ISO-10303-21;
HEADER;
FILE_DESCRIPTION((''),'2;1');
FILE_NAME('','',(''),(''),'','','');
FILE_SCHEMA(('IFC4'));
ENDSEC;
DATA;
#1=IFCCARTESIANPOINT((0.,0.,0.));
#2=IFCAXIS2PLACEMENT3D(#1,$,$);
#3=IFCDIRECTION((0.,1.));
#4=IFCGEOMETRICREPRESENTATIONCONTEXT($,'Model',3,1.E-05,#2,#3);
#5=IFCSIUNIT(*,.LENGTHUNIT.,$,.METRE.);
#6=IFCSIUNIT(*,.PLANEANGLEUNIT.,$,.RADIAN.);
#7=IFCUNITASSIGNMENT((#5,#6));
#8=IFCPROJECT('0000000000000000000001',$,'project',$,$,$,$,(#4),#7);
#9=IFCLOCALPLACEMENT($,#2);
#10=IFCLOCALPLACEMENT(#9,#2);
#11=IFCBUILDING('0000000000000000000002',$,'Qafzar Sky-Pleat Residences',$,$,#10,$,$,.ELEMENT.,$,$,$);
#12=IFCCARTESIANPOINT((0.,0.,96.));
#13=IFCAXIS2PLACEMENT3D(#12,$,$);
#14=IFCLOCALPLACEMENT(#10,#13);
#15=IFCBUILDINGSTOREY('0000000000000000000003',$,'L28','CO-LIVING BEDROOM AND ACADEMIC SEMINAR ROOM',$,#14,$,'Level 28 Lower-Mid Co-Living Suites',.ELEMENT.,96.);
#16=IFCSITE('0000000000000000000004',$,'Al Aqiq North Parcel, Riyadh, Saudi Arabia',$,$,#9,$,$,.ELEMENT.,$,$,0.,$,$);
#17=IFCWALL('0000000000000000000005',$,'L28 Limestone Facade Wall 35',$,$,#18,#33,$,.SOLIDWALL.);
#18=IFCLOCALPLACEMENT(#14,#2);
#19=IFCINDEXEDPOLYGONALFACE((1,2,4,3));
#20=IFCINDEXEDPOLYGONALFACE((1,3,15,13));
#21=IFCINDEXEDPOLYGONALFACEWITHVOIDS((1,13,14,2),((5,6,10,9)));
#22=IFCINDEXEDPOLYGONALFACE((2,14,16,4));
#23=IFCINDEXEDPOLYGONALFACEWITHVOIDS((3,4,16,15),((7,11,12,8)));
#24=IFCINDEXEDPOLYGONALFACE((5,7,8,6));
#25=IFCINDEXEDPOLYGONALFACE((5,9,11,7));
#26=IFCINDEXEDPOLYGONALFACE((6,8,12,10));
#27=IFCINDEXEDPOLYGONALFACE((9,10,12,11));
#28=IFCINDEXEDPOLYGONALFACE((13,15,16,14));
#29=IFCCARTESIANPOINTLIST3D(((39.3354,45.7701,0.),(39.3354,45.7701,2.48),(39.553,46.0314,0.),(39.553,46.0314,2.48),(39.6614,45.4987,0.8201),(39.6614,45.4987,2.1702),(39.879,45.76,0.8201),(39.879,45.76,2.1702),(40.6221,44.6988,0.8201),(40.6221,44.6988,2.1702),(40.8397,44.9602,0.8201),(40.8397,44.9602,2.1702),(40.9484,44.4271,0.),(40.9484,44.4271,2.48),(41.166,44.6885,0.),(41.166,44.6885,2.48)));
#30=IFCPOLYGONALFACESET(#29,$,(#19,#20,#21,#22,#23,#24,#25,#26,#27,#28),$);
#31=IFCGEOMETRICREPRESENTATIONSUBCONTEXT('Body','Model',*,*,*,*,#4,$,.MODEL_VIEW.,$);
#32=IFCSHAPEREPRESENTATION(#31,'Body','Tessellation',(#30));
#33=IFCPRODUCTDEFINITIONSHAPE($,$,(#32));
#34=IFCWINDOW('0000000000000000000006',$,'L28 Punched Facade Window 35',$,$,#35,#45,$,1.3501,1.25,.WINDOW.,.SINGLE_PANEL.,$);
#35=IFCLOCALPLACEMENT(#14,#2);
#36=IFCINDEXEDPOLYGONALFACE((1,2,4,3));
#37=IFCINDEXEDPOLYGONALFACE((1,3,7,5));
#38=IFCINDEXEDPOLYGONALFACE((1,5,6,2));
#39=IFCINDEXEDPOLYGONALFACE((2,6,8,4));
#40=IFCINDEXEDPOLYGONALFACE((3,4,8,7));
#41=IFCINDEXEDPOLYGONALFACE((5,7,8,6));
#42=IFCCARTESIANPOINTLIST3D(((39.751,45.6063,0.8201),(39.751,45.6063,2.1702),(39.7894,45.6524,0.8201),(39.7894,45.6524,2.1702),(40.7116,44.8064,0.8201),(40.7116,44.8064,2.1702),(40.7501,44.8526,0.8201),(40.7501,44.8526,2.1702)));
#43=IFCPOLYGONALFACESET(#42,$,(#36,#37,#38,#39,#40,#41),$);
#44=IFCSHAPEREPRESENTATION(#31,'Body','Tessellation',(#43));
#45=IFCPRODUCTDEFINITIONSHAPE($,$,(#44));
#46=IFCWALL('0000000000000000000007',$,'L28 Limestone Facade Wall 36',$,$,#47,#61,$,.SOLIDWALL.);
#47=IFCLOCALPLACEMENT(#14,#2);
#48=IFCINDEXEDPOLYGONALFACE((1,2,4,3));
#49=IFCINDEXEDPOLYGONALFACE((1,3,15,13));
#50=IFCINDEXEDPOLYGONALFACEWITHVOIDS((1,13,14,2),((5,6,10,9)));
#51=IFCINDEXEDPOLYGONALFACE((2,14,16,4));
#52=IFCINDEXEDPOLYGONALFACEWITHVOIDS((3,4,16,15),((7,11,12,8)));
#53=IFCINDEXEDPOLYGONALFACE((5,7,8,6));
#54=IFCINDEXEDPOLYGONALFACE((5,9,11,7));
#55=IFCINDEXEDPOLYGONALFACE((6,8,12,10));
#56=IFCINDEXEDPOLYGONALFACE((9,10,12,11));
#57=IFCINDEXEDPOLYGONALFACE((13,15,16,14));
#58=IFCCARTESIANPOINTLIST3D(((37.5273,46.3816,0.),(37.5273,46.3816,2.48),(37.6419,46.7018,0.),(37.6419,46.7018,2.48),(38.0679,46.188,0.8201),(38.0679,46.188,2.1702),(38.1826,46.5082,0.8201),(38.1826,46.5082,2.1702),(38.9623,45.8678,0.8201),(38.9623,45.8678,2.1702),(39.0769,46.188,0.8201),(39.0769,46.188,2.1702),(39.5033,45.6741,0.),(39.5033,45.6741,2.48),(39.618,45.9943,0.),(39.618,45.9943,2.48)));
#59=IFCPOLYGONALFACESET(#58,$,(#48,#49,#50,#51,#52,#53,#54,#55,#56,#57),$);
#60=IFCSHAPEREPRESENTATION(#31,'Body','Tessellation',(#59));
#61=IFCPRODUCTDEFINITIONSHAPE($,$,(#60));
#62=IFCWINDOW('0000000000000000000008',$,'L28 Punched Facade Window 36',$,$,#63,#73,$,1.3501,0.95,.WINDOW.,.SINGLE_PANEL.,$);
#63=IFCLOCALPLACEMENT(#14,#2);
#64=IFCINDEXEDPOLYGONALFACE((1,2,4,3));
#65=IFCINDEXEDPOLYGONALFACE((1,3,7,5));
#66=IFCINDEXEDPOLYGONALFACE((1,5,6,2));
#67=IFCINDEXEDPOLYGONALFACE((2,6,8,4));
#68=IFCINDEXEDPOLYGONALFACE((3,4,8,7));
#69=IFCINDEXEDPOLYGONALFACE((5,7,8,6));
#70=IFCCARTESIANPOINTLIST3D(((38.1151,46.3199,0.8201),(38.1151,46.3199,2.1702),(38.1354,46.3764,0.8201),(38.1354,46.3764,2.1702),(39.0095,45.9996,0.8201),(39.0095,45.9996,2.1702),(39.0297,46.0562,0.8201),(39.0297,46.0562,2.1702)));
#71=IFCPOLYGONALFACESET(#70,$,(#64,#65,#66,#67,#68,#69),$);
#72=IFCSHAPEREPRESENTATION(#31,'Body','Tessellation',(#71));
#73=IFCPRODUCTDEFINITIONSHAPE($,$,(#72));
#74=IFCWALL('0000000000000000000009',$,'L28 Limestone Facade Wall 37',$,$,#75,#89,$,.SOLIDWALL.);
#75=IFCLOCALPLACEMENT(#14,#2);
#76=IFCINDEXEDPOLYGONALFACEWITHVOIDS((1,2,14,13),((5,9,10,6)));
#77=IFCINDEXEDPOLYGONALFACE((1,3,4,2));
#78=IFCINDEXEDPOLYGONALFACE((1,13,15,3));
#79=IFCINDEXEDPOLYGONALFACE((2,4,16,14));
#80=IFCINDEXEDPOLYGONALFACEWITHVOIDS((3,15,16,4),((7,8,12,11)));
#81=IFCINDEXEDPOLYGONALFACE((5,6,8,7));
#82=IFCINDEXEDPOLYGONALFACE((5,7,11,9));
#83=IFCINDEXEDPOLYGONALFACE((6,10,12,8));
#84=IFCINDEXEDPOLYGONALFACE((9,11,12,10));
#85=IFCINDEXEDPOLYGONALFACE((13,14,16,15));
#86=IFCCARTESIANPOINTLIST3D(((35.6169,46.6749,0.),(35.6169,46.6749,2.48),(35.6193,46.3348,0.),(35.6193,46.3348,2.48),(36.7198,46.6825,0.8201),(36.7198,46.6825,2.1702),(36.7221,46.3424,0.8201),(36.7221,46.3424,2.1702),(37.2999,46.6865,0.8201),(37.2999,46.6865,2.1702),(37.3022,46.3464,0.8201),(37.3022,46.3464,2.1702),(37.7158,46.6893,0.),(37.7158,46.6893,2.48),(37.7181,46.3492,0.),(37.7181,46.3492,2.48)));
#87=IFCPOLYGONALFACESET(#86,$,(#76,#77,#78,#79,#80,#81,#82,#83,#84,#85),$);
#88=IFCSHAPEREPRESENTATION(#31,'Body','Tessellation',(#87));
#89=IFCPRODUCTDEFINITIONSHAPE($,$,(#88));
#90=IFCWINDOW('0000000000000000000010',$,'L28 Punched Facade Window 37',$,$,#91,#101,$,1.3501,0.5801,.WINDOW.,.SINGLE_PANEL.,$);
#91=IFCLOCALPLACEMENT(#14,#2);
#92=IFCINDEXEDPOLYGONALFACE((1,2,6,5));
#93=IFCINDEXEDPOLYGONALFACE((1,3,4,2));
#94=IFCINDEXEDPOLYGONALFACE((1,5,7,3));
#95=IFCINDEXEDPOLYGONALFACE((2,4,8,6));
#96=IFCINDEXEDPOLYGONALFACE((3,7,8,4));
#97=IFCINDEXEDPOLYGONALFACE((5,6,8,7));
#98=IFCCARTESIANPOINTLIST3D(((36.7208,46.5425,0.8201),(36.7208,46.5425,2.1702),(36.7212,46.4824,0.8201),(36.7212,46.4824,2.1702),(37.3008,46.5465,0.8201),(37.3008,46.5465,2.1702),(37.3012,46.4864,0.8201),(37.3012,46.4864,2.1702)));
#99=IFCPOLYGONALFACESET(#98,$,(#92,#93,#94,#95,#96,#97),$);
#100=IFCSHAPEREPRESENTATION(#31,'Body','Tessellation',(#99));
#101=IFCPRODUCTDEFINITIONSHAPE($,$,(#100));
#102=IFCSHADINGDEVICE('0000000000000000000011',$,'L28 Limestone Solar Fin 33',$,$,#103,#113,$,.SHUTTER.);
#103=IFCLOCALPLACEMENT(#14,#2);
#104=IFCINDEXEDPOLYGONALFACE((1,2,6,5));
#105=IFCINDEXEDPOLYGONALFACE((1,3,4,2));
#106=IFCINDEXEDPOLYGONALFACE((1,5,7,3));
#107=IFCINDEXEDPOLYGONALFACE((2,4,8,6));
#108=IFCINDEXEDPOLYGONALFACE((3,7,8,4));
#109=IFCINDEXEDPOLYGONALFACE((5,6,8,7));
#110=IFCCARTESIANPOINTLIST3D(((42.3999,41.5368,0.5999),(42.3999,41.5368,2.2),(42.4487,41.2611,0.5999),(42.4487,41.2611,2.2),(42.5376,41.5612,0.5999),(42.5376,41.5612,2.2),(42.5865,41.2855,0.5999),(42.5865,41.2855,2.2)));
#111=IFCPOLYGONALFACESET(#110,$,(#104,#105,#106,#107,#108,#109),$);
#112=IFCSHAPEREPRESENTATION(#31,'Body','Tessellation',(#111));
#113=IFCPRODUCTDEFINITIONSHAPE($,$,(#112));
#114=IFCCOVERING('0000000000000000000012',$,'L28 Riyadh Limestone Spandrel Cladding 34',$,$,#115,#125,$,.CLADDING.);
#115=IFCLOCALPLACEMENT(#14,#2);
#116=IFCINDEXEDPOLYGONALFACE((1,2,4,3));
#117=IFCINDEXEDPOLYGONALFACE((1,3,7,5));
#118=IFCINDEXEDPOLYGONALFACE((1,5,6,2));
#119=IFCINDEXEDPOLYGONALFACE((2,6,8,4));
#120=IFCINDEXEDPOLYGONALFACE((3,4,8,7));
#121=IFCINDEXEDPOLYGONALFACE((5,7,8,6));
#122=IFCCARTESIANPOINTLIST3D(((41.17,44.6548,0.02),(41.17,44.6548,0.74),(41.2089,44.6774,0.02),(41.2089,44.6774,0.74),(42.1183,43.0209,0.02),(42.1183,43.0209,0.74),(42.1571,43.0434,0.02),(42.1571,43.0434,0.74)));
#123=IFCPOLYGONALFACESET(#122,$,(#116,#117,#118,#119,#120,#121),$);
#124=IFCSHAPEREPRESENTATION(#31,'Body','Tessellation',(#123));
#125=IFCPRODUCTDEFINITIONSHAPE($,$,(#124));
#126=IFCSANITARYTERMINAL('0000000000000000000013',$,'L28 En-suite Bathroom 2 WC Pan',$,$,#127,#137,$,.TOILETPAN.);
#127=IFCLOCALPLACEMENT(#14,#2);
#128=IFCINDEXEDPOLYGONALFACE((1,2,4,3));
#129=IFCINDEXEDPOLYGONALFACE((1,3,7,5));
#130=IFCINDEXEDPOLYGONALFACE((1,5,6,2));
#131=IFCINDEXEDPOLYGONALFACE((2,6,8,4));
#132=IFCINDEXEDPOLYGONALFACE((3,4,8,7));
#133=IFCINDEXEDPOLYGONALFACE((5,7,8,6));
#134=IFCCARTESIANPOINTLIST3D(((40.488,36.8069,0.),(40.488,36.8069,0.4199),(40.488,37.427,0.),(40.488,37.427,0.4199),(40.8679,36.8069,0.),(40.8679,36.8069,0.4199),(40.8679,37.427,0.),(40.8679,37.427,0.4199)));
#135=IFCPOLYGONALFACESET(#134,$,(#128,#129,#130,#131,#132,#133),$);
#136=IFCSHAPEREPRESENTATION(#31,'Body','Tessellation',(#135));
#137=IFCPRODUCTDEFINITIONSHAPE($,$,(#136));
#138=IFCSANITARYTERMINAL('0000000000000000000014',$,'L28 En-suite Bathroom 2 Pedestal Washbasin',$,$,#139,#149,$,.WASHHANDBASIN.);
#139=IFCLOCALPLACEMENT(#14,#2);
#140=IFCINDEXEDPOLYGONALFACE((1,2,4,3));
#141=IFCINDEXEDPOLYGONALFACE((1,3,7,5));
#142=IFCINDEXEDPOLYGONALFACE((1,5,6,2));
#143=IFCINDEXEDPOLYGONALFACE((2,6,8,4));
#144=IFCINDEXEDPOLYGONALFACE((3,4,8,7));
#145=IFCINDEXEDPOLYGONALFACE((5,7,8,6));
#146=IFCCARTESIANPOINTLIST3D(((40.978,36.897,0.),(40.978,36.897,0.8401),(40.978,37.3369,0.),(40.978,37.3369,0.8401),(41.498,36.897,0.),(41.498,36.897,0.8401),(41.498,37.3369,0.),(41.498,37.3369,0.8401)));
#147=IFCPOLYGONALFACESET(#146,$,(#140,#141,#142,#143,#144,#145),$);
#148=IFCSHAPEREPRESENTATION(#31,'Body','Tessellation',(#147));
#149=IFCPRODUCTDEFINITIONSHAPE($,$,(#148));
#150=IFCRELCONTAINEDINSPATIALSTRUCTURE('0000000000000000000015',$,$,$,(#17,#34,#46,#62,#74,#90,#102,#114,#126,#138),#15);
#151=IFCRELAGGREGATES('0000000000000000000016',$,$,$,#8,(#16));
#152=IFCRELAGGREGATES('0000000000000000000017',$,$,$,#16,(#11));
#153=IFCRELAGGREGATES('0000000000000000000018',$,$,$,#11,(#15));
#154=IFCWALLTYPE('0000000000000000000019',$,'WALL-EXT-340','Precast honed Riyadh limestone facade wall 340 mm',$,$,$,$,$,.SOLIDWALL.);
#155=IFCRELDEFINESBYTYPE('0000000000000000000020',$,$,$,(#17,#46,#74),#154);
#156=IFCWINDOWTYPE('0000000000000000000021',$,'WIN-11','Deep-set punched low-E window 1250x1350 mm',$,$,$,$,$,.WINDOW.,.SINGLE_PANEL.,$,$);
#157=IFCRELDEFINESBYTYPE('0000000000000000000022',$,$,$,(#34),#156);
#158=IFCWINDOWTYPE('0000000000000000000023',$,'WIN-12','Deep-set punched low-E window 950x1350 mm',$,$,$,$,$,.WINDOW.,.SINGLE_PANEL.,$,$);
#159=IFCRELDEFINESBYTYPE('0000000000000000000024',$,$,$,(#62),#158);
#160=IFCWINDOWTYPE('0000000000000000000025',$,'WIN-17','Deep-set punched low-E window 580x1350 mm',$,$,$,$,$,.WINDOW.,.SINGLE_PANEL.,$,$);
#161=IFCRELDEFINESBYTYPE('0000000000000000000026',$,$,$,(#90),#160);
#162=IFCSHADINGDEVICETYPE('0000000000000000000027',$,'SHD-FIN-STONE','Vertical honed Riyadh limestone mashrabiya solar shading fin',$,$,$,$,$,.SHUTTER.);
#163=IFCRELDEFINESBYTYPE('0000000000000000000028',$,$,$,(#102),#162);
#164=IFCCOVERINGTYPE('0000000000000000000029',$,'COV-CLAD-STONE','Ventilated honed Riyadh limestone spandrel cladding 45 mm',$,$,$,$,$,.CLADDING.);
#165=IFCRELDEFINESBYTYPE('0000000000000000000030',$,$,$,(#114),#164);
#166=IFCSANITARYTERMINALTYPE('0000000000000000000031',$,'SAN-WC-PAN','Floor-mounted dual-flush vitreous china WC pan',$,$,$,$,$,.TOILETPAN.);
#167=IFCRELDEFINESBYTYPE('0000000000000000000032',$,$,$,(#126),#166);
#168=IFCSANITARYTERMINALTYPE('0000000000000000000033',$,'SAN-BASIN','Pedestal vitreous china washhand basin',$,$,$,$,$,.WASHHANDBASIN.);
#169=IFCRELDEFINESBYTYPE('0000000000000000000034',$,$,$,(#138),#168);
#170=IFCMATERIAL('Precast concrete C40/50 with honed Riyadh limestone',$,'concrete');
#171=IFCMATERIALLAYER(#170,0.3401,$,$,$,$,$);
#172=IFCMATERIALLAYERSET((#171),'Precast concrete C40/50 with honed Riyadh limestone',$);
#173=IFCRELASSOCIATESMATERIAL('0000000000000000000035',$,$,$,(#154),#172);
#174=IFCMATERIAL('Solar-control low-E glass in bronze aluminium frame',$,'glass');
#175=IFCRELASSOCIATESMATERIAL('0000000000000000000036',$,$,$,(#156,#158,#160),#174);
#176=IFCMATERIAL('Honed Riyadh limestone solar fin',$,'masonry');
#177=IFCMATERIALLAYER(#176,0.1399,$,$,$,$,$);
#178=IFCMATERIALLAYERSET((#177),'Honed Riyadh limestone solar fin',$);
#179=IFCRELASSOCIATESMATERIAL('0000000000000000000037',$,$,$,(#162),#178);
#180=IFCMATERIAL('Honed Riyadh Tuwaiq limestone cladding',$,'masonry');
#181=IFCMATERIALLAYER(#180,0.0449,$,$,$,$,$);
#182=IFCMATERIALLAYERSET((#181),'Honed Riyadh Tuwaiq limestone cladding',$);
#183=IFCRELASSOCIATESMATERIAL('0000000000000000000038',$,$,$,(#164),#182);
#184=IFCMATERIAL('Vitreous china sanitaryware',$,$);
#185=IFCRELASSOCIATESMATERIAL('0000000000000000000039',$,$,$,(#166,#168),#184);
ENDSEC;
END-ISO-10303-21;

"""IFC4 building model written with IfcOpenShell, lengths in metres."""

from ifc_helpers import new_model, si_unit, direction, frame, frame_2d, origin, origin_2d, place, context, subcontext, project, spatial, rectangle, extrude, source, transform, mapped, material, layer, layer_set, type_object, element, fill, save


model = new_model("IFC4")

# Units and contexts
model_context = context("Model", 3, precision=1e-05, world=origin(), true_north=direction((0.0, 1.0)))
body_context = subcontext(model_context, "Body", "Model", "MODEL_VIEW")
ifc_project = project(units=[si_unit("LENGTHUNIT", "METRE"), si_unit("PLANEANGLEUNIT", "RADIAN")], contexts=[model_context])

# Site, building, storey
site_placement = place(None, origin())
site = spatial("IfcSite", under=ifc_project, at=site_placement, Name="Al Aqiq North Parcel, Riyadh, Saudi Arabia", CompositionType="ELEMENT", RefElevation=0.0)
building_placement = place(site_placement, origin())
building = spatial("IfcBuilding", under=site, at=building_placement, Name="Qafzar Sky-Pleat Residences", CompositionType="ELEMENT")
storey_placement = place(building_placement, frame((0.0, 0.0, 96.0)))
storey = spatial("IfcBuildingStorey", under=building, at=storey_placement, Name="L28", Description="CO-LIVING BEDROOM AND ACADEMIC SEMINAR ROOM", LongName="Level 28 Lower-Mid Co-Living Suites", CompositionType="ELEMENT", Elevation=96.0)

# Walls, openings, windows
ifc_material_1 = material(Name="Precast concrete C40/50 with honed Riyadh limestone", Category="concrete")
ifc_layer_1 = layer(ifc_material_1, 0.3401)
ifc_layer_set_1 = layer_set([ifc_layer_1], Name="Precast concrete C40/50 with honed Riyadh limestone")
wall_type_1 = type_object("IfcWallType", Name="WALL-EXT-340", Description="Precast honed Riyadh limestone facade wall 340 mm", PredefinedType="SOLIDWALL", material=ifc_layer_set_1)
ifc_material_2 = material(Name="Solar-control low-E glass in bronze aluminium frame", Category="glass")
wall_1_placement = place(storey_placement, frame((41.0571, 44.5579, 0.0), z_axis=(0.0, 0.0, 1.0), x_axis=(-0.768498, 0.639853, 0.0)))
wall_1 = element("IfcWall", 1, at=wall_1_placement, inside=storey, type_object=wall_type_1, Name="L28 Limestone Facade Wall 35", PredefinedType="SOLIDWALL", context=body_context, shape_type="SweptSolid", body=[
    extrude(rectangle(XDim=2.0989, YDim=0.3401, at=frame_2d((1.0493, 0.0))), origin(), (0.0, 0.0, 1.0), 2.48),
])
opening_1_placement = place(wall_1_placement, frame((0.4246, 0.0, 0.8201)))
opening_1 = element("IfcOpeningElement", 2, at=opening_1_placement, cuts=wall_1, PredefinedType="OPENING", context=body_context, shape_type="SweptSolid", body=[
    extrude(rectangle(XDim=1.25, YDim=1.3501, at=frame_2d((0.625, 0.675))), frame((0.0, 0.1802, 0.0), z_axis=(0.0, -1.0, 0.0), x_axis=(1.0, 0.0, 0.0)), (0.0, 0.0, 1.0), 0.3601),
])
window_type_1 = type_object("IfcWindowType", Name="WIN-11", Description="Deep-set punched low-E window 1250x1350 mm", PartitioningType="SINGLE_PANEL", PredefinedType="WINDOW", material=ifc_material_2)
shared_shape_1 = source(origin(), body_context, "Body", "SweptSolid", [
    extrude(rectangle(XDim=1.25, YDim=1.3501, at=frame_2d((0.625, 0.675))), frame((0.0, 0.03, 0.0), z_axis=(0.0, -1.0, 0.0), x_axis=(1.0, 0.0, 0.0)), (0.0, 0.0, 1.0), 0.0601),
])
window_1_placement = place(opening_1_placement, origin())
window_1 = element("IfcWindow", 3, at=window_1_placement, inside=storey, type_object=window_type_1, Name="L28 Punched Facade Window 35", OverallHeight=1.3501, OverallWidth=1.25, PartitioningType="SINGLE_PANEL", PredefinedType="WINDOW", context=body_context, shape_type="MappedRepresentation", body=[
    mapped(shared_shape_1, transform((0.0, 0.0, 0.0), x_axis=(1.0, 0.0, 0.0), y_axis=(0.0, 1.0, 0.0), z_axis=(0.0, 0.0, 1.0), scale=1.0)),
])
fill(opening_1, window_1)
wall_2_placement = place(storey_placement, frame((39.5605, 45.8342, 0.0), z_axis=(0.0, 0.0, 1.0), x_axis=(-0.941473, 0.337088, 0.0)))
wall_2 = element("IfcWall", 4, at=wall_2_placement, inside=storey, type_object=wall_type_1, Name="L28 Limestone Facade Wall 36", PredefinedType="SOLIDWALL", context=body_context, shape_type="SweptSolid", body=[
    extrude(rectangle(XDim=2.0989, YDim=0.3401, at=frame_2d((1.0493, 0.0))), origin(), (0.0, 0.0, 1.0), 2.48),
])
opening_2_placement = place(wall_2_placement, frame((0.5745, 0.0, 0.8201)))
opening_2 = element("IfcOpeningElement", 5, at=opening_2_placement, cuts=wall_2, PredefinedType="OPENING", context=body_context, shape_type="SweptSolid", body=[
    extrude(rectangle(XDim=0.95, YDim=1.3501, at=frame_2d((0.4751, 0.675))), frame((0.0, 0.1802, 0.0), z_axis=(0.0, -1.0, 0.0), x_axis=(1.0, 0.0, 0.0)), (0.0, 0.0, 1.0), 0.3601),
])
window_type_2 = type_object("IfcWindowType", Name="WIN-12", Description="Deep-set punched low-E window 950x1350 mm", PartitioningType="SINGLE_PANEL", PredefinedType="WINDOW", material=ifc_material_2)
shared_shape_2 = source(origin(), body_context, "Body", "SweptSolid", [
    extrude(rectangle(XDim=0.95, YDim=1.3501, at=frame_2d((0.4751, 0.675))), frame((0.0, 0.03, 0.0), z_axis=(0.0, -1.0, 0.0), x_axis=(1.0, 0.0, 0.0)), (0.0, 0.0, 1.0), 0.0601),
])
window_2_placement = place(opening_2_placement, origin())
window_2 = element("IfcWindow", 6, at=window_2_placement, inside=storey, type_object=window_type_2, Name="L28 Punched Facade Window 36", OverallHeight=1.3501, OverallWidth=0.95, PartitioningType="SINGLE_PANEL", PredefinedType="WINDOW", context=body_context, shape_type="MappedRepresentation", body=[
    mapped(shared_shape_2, transform((0.0, 0.0, 0.0), x_axis=(1.0, 0.0, 0.0), y_axis=(0.0, 1.0, 0.0), z_axis=(0.0, 0.0, 1.0), scale=1.0)),
])
fill(opening_2, window_2)
wall_3_placement = place(storey_placement, frame((37.7168, 46.5193, 0.0), z_axis=(0.0, 0.0, 1.0), x_axis=(-0.999976, -0.006863, 0.0)))
wall_3 = element("IfcWall", 7, at=wall_3_placement, inside=storey, type_object=wall_type_1, Name="L28 Limestone Facade Wall 37", PredefinedType="SOLIDWALL", context=body_context, shape_type="SweptSolid", body=[
    extrude(rectangle(XDim=2.0989, YDim=0.3401, at=frame_2d((1.0493, 0.0))), origin(), (0.0, 0.0, 1.0), 2.48),
])
opening_3_placement = place(wall_3_placement, frame((0.4158, 0.0, 0.8201)))
opening_3 = element("IfcOpeningElement", 8, at=opening_3_placement, cuts=wall_3, PredefinedType="OPENING", context=body_context, shape_type="SweptSolid", body=[
    extrude(rectangle(XDim=0.5801, YDim=1.3501, at=frame_2d((0.29, 0.675))), frame((0.0, 0.1802, 0.0), z_axis=(0.0, -1.0, 0.0), x_axis=(1.0, 0.0, 0.0)), (0.0, 0.0, 1.0), 0.3601),
])
window_type_3 = type_object("IfcWindowType", Name="WIN-17", Description="Deep-set punched low-E window 580x1350 mm", PartitioningType="SINGLE_PANEL", PredefinedType="WINDOW", material=ifc_material_2)
shared_shape_3 = source(origin(), body_context, "Body", "SweptSolid", [
    extrude(rectangle(XDim=0.5801, YDim=1.3501, at=frame_2d((0.29, 0.675))), frame((0.0, 0.03, 0.0), z_axis=(0.0, -1.0, 0.0), x_axis=(1.0, 0.0, 0.0)), (0.0, 0.0, 1.0), 0.0601),
])
window_3_placement = place(opening_3_placement, origin())
window_3 = element("IfcWindow", 9, at=window_3_placement, inside=storey, type_object=window_type_3, Name="L28 Punched Facade Window 37", OverallHeight=1.3501, OverallWidth=0.5801, PartitioningType="SINGLE_PANEL", PredefinedType="WINDOW", context=body_context, shape_type="MappedRepresentation", body=[
    mapped(shared_shape_3, transform((0.0, 0.0, 0.0), x_axis=(1.0, 0.0, 0.0), y_axis=(0.0, 1.0, 0.0), z_axis=(0.0, 0.0, 1.0), scale=1.0)),
])
fill(opening_3, window_3)

# Shading device
ifc_material_3 = material(Name="Honed Riyadh limestone solar fin", Category="masonry")
ifc_layer_2 = layer(ifc_material_3, 0.1399)
ifc_layer_set_2 = layer_set([ifc_layer_2], Name="Honed Riyadh limestone solar fin")
shading_device_type = type_object("IfcShadingDeviceType", Name="SHD-FIN-STONE", Description="Vertical honed Riyadh limestone mashrabiya solar shading fin", PredefinedType="SHUTTER", material=ifc_layer_set_2)
shared_shape_4 = source(origin(), body_context, "Body", "SweptSolid", [
    extrude(rectangle(XDim=0.1399, YDim=0.28, at=origin_2d()), origin(), (0.0, 0.0, 1.0), 1.6001),
])
shading_device_placement = place(storey_placement, frame((42.4932, 41.4111, 0.5999), z_axis=(0.0, 0.0, 1.0), x_axis=(0.984676, 0.174394, 0.0)))
element("IfcShadingDevice", 10, at=shading_device_placement, inside=storey, type_object=shading_device_type, Name="L28 Limestone Solar Fin 33", PredefinedType="SHUTTER", context=body_context, shape_type="MappedRepresentation", body=[
    mapped(shared_shape_4, transform((0.0, 0.0, 0.0), x_axis=(1.0, 0.0, 0.0), y_axis=(0.0, 1.0, 0.0), z_axis=(0.0, 0.0, 1.0), scale=1.0)),
])

# Covering
ifc_material_4 = material(Name="Honed Riyadh Tuwaiq limestone cladding", Category="masonry")
ifc_layer_3 = layer(ifc_material_4, 0.0449)
ifc_layer_set_3 = layer_set([ifc_layer_3], Name="Honed Riyadh Tuwaiq limestone cladding")
covering_type = type_object("IfcCoveringType", Name="COV-CLAD-STONE", Description="Ventilated honed Riyadh limestone spandrel cladding 45 mm", PredefinedType="CLADDING", material=ifc_layer_set_3)
shared_shape_5 = source(origin(), body_context, "Body", "SweptSolid", [
    extrude(rectangle(XDim=1.8892, YDim=0.0449, at=origin_2d()), origin(), (0.0, 0.0, 1.0), 0.72),
])
covering_placement = place(storey_placement, frame((41.6636, 43.8491, 0.02), z_axis=(0.0, 0.0, 1.0), x_axis=(-0.501956, 0.864893, 0.0)))
element("IfcCovering", 11, at=covering_placement, inside=storey, type_object=covering_type, Name="L28 Riyadh Limestone Spandrel Cladding 34", PredefinedType="CLADDING", context=body_context, shape_type="MappedRepresentation", body=[
    mapped(shared_shape_5, transform((0.0, 0.0, 0.0), x_axis=(1.0, 0.0, 0.0), y_axis=(0.0, 1.0, 0.0), z_axis=(0.0, 0.0, 1.0), scale=1.0)),
])

# Sanitary terminals
ifc_material_5 = material(Name="Vitreous china sanitaryware")
sanitary_terminal_type_1 = type_object("IfcSanitaryTerminalType", Name="SAN-WC-PAN", Description="Floor-mounted dual-flush vitreous china WC pan", PredefinedType="TOILETPAN", material=ifc_material_5)
shared_shape_6 = source(origin(), body_context, "Body", "SweptSolid", [
    extrude(rectangle(XDim=0.3799, YDim=0.6201, at=origin_2d()), origin(), (0.0, 0.0, 1.0), 0.4199),
])
sanitary_terminal_1_placement = place(storey_placement, frame((40.678, 37.1169, 0.0), z_axis=(0.0, 0.0, 1.0), x_axis=(1.0, 0.0, 0.0)))
element("IfcSanitaryTerminal", 12, at=sanitary_terminal_1_placement, inside=storey, type_object=sanitary_terminal_type_1, Name="L28 En-suite Bathroom 2 WC Pan", PredefinedType="TOILETPAN", context=body_context, shape_type="MappedRepresentation", body=[
    mapped(shared_shape_6, transform((0.0, 0.0, 0.0), x_axis=(1.0, 0.0, 0.0), y_axis=(0.0, 1.0, 0.0), z_axis=(0.0, 0.0, 1.0), scale=1.0)),
])
sanitary_terminal_type_2 = type_object("IfcSanitaryTerminalType", Name="SAN-BASIN", Description="Pedestal vitreous china washhand basin", PredefinedType="WASHHANDBASIN", material=ifc_material_5)
shared_shape_7 = source(origin(), body_context, "Body", "SweptSolid", [
    extrude(rectangle(XDim=0.52, YDim=0.4399, at=origin_2d()), origin(), (0.0, 0.0, 1.0), 0.8401),
])
sanitary_terminal_2_placement = place(storey_placement, frame((41.238, 37.1169, 0.0), z_axis=(0.0, 0.0, 1.0), x_axis=(1.0, 0.0, 0.0)))
element("IfcSanitaryTerminal", 13, at=sanitary_terminal_2_placement, inside=storey, type_object=sanitary_terminal_type_2, Name="L28 En-suite Bathroom 2 Pedestal Washbasin", PredefinedType="WASHHANDBASIN", context=body_context, shape_type="MappedRepresentation", body=[
    mapped(shared_shape_7, transform((0.0, 0.0, 0.0), x_axis=(1.0, 0.0, 0.0), y_axis=(0.0, 1.0, 0.0), z_axis=(0.0, 0.0, 1.0), scale=1.0)),
])

save(model, "model.ifc")
